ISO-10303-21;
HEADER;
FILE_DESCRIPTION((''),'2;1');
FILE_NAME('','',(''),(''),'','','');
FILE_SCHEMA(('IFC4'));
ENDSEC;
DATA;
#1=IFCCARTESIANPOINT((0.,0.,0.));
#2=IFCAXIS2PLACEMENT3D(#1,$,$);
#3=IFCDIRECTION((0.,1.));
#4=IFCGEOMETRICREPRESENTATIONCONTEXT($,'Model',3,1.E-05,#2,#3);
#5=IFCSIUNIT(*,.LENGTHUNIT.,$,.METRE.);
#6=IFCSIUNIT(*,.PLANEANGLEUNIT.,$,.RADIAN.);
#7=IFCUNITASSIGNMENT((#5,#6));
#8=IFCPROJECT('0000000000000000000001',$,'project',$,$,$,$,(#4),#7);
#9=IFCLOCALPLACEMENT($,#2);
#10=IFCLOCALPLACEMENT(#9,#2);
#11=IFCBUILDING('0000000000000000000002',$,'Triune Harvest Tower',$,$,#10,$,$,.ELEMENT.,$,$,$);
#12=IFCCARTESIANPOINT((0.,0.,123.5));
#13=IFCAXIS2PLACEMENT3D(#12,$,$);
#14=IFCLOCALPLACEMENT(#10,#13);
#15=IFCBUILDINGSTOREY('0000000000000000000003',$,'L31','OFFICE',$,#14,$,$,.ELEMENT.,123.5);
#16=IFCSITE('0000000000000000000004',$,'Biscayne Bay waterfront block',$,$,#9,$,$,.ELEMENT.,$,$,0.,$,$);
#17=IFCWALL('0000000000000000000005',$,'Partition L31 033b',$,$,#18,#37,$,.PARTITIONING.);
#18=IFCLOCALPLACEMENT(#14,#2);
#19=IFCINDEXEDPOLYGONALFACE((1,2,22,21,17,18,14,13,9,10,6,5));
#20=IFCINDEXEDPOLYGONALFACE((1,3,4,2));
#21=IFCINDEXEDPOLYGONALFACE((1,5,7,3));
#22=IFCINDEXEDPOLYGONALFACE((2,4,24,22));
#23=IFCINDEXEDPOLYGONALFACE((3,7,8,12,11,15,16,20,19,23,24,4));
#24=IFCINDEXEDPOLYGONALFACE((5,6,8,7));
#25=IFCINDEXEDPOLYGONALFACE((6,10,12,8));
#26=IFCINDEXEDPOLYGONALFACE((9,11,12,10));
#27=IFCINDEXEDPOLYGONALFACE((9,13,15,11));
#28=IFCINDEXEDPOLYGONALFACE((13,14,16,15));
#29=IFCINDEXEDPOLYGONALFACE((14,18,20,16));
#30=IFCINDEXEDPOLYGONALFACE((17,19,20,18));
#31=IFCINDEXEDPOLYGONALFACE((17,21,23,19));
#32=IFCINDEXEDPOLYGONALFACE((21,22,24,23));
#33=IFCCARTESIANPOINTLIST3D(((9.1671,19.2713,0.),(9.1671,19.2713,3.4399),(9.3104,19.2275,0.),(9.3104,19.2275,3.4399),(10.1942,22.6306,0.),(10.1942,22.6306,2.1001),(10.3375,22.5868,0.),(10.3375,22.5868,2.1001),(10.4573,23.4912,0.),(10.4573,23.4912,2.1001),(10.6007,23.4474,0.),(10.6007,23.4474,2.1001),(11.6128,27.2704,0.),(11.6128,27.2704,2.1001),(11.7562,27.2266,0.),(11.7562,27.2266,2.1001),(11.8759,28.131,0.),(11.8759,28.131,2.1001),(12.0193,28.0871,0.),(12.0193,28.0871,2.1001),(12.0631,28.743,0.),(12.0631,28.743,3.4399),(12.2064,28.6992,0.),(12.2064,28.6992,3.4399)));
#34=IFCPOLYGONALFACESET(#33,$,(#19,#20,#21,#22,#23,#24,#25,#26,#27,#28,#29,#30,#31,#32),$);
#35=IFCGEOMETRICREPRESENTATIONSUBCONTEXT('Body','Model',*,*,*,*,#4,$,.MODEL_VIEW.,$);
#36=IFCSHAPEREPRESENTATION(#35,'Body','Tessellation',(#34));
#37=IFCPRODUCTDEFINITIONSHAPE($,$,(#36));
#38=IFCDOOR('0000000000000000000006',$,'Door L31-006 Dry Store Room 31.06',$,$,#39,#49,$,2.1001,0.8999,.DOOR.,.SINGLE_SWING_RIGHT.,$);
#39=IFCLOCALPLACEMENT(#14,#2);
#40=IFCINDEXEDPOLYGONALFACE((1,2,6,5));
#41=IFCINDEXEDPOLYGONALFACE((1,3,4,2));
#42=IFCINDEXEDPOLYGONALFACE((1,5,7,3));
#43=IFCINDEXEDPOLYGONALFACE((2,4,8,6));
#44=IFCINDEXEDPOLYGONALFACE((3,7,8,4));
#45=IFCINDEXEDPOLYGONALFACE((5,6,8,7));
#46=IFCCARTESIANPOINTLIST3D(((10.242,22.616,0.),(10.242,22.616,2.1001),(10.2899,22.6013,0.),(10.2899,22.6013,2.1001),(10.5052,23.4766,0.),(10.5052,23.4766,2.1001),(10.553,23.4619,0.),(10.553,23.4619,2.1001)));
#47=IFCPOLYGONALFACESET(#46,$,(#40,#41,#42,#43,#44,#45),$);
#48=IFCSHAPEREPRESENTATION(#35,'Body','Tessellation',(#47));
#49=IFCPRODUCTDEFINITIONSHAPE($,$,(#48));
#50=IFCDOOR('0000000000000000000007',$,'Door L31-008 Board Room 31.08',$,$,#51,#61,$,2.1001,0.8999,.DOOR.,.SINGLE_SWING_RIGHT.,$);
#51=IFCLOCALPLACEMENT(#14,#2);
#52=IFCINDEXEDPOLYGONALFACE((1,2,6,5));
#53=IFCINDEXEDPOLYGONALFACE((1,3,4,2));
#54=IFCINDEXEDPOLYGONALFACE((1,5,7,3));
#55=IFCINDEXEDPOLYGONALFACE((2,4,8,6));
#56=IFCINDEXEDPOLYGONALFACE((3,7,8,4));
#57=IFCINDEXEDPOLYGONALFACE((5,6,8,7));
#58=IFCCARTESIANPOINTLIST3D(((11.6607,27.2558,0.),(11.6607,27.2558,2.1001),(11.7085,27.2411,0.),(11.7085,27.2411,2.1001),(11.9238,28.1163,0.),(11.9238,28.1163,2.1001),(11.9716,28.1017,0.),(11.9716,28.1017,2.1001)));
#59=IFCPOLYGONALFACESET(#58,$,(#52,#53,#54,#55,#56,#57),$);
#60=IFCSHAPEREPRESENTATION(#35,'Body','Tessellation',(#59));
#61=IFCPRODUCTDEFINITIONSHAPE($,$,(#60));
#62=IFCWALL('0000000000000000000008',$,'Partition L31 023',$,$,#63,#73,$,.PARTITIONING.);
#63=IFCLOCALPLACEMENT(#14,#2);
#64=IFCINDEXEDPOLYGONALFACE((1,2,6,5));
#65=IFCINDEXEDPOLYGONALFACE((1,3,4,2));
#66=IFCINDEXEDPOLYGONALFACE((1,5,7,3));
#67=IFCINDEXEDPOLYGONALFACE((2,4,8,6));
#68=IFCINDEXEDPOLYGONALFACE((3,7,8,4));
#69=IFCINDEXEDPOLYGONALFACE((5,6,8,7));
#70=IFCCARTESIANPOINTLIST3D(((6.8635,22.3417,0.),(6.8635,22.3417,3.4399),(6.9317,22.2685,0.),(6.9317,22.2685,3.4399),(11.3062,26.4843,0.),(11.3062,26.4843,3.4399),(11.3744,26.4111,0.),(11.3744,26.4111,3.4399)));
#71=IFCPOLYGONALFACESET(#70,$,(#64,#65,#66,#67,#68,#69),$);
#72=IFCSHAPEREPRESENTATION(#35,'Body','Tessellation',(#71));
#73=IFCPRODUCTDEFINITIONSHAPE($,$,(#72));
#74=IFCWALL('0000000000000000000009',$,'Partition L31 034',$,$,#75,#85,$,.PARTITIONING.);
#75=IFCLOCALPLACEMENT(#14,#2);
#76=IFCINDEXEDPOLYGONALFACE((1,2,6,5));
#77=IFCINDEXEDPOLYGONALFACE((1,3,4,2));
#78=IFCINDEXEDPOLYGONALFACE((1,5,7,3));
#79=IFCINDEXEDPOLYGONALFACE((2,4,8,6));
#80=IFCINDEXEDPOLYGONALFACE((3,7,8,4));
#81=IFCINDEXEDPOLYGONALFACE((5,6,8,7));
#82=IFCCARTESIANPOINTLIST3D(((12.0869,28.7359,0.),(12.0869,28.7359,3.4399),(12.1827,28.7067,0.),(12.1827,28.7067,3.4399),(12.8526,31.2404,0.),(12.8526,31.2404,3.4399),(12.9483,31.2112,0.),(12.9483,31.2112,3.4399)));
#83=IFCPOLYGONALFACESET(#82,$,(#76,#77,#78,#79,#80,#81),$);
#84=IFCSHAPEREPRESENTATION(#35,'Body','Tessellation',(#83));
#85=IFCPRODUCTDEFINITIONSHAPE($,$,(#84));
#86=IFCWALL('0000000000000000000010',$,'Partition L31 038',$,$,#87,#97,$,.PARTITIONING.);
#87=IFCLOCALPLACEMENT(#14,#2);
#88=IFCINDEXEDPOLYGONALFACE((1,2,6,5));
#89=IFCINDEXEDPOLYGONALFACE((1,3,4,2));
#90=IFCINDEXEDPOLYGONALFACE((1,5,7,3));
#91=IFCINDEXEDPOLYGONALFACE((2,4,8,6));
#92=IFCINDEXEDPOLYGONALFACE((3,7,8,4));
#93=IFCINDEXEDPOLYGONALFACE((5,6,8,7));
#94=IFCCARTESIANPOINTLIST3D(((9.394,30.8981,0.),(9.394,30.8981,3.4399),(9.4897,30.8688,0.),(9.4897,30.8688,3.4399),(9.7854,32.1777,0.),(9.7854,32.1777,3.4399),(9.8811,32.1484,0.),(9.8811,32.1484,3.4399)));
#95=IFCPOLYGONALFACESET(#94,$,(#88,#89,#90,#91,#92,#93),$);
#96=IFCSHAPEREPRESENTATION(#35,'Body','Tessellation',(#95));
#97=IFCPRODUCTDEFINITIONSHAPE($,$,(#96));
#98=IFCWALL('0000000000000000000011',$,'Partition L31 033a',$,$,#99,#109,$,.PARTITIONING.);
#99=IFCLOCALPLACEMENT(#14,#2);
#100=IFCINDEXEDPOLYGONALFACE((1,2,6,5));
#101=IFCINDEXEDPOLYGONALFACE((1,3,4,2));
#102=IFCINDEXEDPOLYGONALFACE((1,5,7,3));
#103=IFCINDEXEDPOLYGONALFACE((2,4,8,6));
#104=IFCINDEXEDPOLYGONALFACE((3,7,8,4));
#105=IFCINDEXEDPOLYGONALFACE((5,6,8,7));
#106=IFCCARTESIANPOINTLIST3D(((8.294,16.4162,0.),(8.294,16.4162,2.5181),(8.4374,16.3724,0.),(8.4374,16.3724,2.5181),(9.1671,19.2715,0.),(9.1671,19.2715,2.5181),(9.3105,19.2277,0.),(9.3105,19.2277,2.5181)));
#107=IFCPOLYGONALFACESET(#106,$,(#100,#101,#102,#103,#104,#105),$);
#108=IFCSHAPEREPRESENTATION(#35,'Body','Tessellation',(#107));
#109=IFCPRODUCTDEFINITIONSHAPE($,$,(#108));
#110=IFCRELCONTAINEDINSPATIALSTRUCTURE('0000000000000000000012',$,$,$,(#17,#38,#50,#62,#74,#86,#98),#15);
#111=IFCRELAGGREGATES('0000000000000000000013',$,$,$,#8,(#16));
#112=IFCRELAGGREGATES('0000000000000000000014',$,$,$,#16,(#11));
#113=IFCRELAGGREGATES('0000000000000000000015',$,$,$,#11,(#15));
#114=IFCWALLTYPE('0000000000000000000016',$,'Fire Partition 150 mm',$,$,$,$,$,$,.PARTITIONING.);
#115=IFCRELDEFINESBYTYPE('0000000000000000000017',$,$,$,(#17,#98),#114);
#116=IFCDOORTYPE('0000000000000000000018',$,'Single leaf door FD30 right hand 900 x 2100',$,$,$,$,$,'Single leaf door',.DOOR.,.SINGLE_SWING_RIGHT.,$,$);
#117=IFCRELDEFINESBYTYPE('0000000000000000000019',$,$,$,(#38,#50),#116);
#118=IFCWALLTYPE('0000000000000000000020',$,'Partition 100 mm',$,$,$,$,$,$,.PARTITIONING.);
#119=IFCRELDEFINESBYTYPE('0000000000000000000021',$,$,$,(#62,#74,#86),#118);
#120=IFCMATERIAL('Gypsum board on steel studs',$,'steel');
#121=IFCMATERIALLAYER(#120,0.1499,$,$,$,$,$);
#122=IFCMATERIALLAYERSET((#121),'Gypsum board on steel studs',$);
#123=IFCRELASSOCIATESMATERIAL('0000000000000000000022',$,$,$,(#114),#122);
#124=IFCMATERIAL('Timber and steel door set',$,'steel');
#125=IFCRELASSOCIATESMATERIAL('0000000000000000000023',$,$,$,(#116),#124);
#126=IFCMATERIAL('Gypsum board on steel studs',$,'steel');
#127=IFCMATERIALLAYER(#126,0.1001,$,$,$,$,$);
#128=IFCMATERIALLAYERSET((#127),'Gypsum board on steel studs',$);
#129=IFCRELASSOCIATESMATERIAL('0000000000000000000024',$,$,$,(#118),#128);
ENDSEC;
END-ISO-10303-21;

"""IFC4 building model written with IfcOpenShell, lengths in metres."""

from ifc_helpers import new_model, si_unit, direction, frame, frame_2d, origin, place, context, subcontext, project, spatial, rectangle, extrude, source, transform, mapped, material, layer, layer_set, type_object, element, fill, save


model = new_model("IFC4")

# Units and contexts
model_context = context("Model", 3, precision=1e-05, world=origin(), true_north=direction((0.0, 1.0)))
body_context = subcontext(model_context, "Body", "Model", "MODEL_VIEW")
ifc_project = project(units=[si_unit("LENGTHUNIT", "METRE"), si_unit("PLANEANGLEUNIT", "RADIAN")], contexts=[model_context])

# Site, building, storey
site_placement = place(None, origin())
site = spatial("IfcSite", under=ifc_project, at=site_placement, Name="Biscayne Bay waterfront block", CompositionType="ELEMENT", RefElevation=0.0)
building_placement = place(site_placement, origin())
building = spatial("IfcBuilding", under=site, at=building_placement, Name="Triune Harvest Tower", CompositionType="ELEMENT")
storey_placement = place(building_placement, frame((0.0, 0.0, 123.5)))
storey = spatial("IfcBuildingStorey", under=building, at=storey_placement, Name="L31", Description="OFFICE", CompositionType="ELEMENT", Elevation=123.5)

# Shared definitions
ifc_material_1 = material(Name="Gypsum board on steel studs", Category="steel")
ifc_layer_1 = layer(ifc_material_1, 0.1499)
ifc_layer_set_1 = layer_set([ifc_layer_1], Name="Gypsum board on steel studs")
wall_type_1 = type_object("IfcWallType", Name="Fire Partition 150 mm", PredefinedType="PARTITIONING", material=ifc_layer_set_1)

# Wall, openings, doors
wall_1_placement = place(storey_placement, frame((9.2388, 19.2495, 0.0), z_axis=(0.0, 0.0, 1.0), x_axis=(0.292391, 0.956299, 0.0)))
wall_1 = element("IfcWall", 1, at=wall_1_placement, inside=storey, type_object=wall_type_1, Name="Partition L31 033b", PredefinedType="PARTITIONING", context=body_context, shape_type="SweptSolid", body=[
    extrude(rectangle(XDim=9.9045, YDim=0.1499, at=frame_2d((4.9521, 0.0))), origin(), (0.0, 0.0, 1.0), 3.4399),
])
opening_1_placement = place(wall_1_placement, frame((3.5127, 0.0, 0.0)))
opening_1 = element("IfcOpeningElement", 2, at=opening_1_placement, cuts=wall_1, PredefinedType="OPENING", context=body_context, shape_type="SweptSolid", body=[
    extrude(rectangle(XDim=0.8999, YDim=2.1001, at=frame_2d((0.45, 1.05))), frame((0.0, 0.085, 0.0), z_axis=(0.0, -1.0, 0.0), x_axis=(1.0, 0.0, 0.0)), (0.0, 0.0, 1.0), 0.1699),
])
opening_2_placement = place(wall_1_placement, frame((8.3645, 0.0, 0.0)))
opening_2 = element("IfcOpeningElement", 3, at=opening_2_placement, cuts=wall_1, PredefinedType="OPENING", context=body_context, shape_type="SweptSolid", body=[
    extrude(rectangle(XDim=0.8999, YDim=2.1001, at=frame_2d((0.45, 1.05))), frame((0.0, 0.085, 0.0), z_axis=(0.0, -1.0, 0.0), x_axis=(1.0, 0.0, 0.0)), (0.0, 0.0, 1.0), 0.1699),
])
ifc_material_2 = material(Name="Timber and steel door set", Category="steel")
door_type = type_object("IfcDoorType", Name="Single leaf door FD30 right hand 900 x 2100", ElementType="Single leaf door", OperationType="SINGLE_SWING_RIGHT", PredefinedType="DOOR", material=ifc_material_2)
door_1_placement = place(opening_1_placement, origin())
door_1 = element("IfcDoor", 4, at=door_1_placement, inside=storey, type_object=door_type, Name="Door L31-006 Dry Store Room 31.06", OperationType="SINGLE_SWING_RIGHT", OverallHeight=2.1001, OverallWidth=0.8999, PredefinedType="DOOR", context=body_context, shape_type="SweptSolid", body=[
    extrude(rectangle(XDim=0.8999, YDim=2.1001, at=frame_2d((0.45, 1.05))), frame((0.0, 0.0249, 0.0), z_axis=(0.0, -1.0, 0.0), x_axis=(1.0, 0.0, 0.0)), (0.0, 0.0, 1.0), 0.05),
])
fill(opening_1, door_1)
door_2_placement = place(opening_2_placement, origin())
door_2 = element("IfcDoor", 5, at=door_2_placement, inside=storey, type_object=door_type, Name="Door L31-008 Board Room 31.08", OperationType="SINGLE_SWING_RIGHT", OverallHeight=2.1001, OverallWidth=0.8999, PredefinedType="DOOR", context=body_context, shape_type="SweptSolid", body=[
    extrude(rectangle(XDim=0.8999, YDim=2.1001, at=frame_2d((0.45, 1.05))), frame((0.0, 0.0249, 0.0), z_axis=(0.0, -1.0, 0.0), x_axis=(1.0, 0.0, 0.0)), (0.0, 0.0, 1.0), 0.05),
])
fill(opening_2, door_2)

# Walls
ifc_material_3 = material(Name="Gypsum board on steel studs", Category="steel")
ifc_layer_2 = layer(ifc_material_3, 0.1001)
ifc_layer_set_2 = layer_set([ifc_layer_2], Name="Gypsum board on steel studs")
wall_type_2 = type_object("IfcWallType", Name="Partition 100 mm", PredefinedType="PARTITIONING", material=ifc_layer_set_2)
wall_2_placement = place(storey_placement, frame((6.8977, 22.3052, 0.0), z_axis=(0.0, 0.0, 1.0), x_axis=(0.731373, 0.681977, 0.0)))
element("IfcWall", 6, at=wall_2_placement, inside=storey, type_object=wall_type_2, Name="Partition L31 023", PredefinedType="PARTITIONING", context=body_context, shape_type="SweptSolid", body=[
    extrude(rectangle(XDim=6.0745, YDim=0.1001, at=frame_2d((3.0371, 0.0))), origin(), (0.0, 0.0, 1.0), 3.4399),
])
wall_3_placement = place(storey_placement, frame((12.1348, 28.7212, 0.0), z_axis=(0.0, 0.0, 1.0), x_axis=(0.292356, 0.95631, 0.0)))
element("IfcWall", 7, at=wall_3_placement, inside=storey, type_object=wall_type_2, Name="Partition L31 034", PredefinedType="PARTITIONING", context=body_context, shape_type="SweptSolid", body=[
    extrude(rectangle(XDim=2.6189, YDim=0.1001, at=frame_2d((1.3096, 0.0))), origin(), (0.0, 0.0, 1.0), 3.4399),
])
shared_shape_1 = source(origin(), body_context, "Body", "SweptSolid", [
    extrude(rectangle(XDim=1.3381, YDim=0.1001, at=frame_2d((0.6689, 0.0))), origin(), (0.0, 0.0, 1.0), 3.4399),
])
wall_4_placement = place(storey_placement, frame((9.4419, 30.8835, 0.0), z_axis=(0.0, 0.0, 1.0), x_axis=(0.292483, 0.956271, 0.0)))
element("IfcWall", 8, at=wall_4_placement, inside=storey, type_object=wall_type_2, Name="Partition L31 038", PredefinedType="PARTITIONING", context=body_context, shape_type="MappedRepresentation", body=[
    mapped(shared_shape_1, transform((0.0, 0.0, 0.0), scale=1.0)),
])
shared_shape_2 = source(origin(), body_context, "Body", "SweptSolid", [
    extrude(rectangle(XDim=2.9858, YDim=0.1499, at=frame_2d((1.4929, 0.0))), origin(), (0.0, 0.0, 1.0), 2.5181),
])
wall_5_placement = place(storey_placement, frame((8.3657, 16.3943, 0.0), z_axis=(0.0, 0.0, 1.0), x_axis=(0.292408, 0.956294, 0.0)))
element("IfcWall", 9, at=wall_5_placement, inside=storey, type_object=wall_type_1, Name="Partition L31 033a", PredefinedType="PARTITIONING", context=body_context, shape_type="MappedRepresentation", body=[
    mapped(shared_shape_2, transform((0.0, 0.0, 0.0), scale=1.0)),
])

save(model, "model.ifc")
